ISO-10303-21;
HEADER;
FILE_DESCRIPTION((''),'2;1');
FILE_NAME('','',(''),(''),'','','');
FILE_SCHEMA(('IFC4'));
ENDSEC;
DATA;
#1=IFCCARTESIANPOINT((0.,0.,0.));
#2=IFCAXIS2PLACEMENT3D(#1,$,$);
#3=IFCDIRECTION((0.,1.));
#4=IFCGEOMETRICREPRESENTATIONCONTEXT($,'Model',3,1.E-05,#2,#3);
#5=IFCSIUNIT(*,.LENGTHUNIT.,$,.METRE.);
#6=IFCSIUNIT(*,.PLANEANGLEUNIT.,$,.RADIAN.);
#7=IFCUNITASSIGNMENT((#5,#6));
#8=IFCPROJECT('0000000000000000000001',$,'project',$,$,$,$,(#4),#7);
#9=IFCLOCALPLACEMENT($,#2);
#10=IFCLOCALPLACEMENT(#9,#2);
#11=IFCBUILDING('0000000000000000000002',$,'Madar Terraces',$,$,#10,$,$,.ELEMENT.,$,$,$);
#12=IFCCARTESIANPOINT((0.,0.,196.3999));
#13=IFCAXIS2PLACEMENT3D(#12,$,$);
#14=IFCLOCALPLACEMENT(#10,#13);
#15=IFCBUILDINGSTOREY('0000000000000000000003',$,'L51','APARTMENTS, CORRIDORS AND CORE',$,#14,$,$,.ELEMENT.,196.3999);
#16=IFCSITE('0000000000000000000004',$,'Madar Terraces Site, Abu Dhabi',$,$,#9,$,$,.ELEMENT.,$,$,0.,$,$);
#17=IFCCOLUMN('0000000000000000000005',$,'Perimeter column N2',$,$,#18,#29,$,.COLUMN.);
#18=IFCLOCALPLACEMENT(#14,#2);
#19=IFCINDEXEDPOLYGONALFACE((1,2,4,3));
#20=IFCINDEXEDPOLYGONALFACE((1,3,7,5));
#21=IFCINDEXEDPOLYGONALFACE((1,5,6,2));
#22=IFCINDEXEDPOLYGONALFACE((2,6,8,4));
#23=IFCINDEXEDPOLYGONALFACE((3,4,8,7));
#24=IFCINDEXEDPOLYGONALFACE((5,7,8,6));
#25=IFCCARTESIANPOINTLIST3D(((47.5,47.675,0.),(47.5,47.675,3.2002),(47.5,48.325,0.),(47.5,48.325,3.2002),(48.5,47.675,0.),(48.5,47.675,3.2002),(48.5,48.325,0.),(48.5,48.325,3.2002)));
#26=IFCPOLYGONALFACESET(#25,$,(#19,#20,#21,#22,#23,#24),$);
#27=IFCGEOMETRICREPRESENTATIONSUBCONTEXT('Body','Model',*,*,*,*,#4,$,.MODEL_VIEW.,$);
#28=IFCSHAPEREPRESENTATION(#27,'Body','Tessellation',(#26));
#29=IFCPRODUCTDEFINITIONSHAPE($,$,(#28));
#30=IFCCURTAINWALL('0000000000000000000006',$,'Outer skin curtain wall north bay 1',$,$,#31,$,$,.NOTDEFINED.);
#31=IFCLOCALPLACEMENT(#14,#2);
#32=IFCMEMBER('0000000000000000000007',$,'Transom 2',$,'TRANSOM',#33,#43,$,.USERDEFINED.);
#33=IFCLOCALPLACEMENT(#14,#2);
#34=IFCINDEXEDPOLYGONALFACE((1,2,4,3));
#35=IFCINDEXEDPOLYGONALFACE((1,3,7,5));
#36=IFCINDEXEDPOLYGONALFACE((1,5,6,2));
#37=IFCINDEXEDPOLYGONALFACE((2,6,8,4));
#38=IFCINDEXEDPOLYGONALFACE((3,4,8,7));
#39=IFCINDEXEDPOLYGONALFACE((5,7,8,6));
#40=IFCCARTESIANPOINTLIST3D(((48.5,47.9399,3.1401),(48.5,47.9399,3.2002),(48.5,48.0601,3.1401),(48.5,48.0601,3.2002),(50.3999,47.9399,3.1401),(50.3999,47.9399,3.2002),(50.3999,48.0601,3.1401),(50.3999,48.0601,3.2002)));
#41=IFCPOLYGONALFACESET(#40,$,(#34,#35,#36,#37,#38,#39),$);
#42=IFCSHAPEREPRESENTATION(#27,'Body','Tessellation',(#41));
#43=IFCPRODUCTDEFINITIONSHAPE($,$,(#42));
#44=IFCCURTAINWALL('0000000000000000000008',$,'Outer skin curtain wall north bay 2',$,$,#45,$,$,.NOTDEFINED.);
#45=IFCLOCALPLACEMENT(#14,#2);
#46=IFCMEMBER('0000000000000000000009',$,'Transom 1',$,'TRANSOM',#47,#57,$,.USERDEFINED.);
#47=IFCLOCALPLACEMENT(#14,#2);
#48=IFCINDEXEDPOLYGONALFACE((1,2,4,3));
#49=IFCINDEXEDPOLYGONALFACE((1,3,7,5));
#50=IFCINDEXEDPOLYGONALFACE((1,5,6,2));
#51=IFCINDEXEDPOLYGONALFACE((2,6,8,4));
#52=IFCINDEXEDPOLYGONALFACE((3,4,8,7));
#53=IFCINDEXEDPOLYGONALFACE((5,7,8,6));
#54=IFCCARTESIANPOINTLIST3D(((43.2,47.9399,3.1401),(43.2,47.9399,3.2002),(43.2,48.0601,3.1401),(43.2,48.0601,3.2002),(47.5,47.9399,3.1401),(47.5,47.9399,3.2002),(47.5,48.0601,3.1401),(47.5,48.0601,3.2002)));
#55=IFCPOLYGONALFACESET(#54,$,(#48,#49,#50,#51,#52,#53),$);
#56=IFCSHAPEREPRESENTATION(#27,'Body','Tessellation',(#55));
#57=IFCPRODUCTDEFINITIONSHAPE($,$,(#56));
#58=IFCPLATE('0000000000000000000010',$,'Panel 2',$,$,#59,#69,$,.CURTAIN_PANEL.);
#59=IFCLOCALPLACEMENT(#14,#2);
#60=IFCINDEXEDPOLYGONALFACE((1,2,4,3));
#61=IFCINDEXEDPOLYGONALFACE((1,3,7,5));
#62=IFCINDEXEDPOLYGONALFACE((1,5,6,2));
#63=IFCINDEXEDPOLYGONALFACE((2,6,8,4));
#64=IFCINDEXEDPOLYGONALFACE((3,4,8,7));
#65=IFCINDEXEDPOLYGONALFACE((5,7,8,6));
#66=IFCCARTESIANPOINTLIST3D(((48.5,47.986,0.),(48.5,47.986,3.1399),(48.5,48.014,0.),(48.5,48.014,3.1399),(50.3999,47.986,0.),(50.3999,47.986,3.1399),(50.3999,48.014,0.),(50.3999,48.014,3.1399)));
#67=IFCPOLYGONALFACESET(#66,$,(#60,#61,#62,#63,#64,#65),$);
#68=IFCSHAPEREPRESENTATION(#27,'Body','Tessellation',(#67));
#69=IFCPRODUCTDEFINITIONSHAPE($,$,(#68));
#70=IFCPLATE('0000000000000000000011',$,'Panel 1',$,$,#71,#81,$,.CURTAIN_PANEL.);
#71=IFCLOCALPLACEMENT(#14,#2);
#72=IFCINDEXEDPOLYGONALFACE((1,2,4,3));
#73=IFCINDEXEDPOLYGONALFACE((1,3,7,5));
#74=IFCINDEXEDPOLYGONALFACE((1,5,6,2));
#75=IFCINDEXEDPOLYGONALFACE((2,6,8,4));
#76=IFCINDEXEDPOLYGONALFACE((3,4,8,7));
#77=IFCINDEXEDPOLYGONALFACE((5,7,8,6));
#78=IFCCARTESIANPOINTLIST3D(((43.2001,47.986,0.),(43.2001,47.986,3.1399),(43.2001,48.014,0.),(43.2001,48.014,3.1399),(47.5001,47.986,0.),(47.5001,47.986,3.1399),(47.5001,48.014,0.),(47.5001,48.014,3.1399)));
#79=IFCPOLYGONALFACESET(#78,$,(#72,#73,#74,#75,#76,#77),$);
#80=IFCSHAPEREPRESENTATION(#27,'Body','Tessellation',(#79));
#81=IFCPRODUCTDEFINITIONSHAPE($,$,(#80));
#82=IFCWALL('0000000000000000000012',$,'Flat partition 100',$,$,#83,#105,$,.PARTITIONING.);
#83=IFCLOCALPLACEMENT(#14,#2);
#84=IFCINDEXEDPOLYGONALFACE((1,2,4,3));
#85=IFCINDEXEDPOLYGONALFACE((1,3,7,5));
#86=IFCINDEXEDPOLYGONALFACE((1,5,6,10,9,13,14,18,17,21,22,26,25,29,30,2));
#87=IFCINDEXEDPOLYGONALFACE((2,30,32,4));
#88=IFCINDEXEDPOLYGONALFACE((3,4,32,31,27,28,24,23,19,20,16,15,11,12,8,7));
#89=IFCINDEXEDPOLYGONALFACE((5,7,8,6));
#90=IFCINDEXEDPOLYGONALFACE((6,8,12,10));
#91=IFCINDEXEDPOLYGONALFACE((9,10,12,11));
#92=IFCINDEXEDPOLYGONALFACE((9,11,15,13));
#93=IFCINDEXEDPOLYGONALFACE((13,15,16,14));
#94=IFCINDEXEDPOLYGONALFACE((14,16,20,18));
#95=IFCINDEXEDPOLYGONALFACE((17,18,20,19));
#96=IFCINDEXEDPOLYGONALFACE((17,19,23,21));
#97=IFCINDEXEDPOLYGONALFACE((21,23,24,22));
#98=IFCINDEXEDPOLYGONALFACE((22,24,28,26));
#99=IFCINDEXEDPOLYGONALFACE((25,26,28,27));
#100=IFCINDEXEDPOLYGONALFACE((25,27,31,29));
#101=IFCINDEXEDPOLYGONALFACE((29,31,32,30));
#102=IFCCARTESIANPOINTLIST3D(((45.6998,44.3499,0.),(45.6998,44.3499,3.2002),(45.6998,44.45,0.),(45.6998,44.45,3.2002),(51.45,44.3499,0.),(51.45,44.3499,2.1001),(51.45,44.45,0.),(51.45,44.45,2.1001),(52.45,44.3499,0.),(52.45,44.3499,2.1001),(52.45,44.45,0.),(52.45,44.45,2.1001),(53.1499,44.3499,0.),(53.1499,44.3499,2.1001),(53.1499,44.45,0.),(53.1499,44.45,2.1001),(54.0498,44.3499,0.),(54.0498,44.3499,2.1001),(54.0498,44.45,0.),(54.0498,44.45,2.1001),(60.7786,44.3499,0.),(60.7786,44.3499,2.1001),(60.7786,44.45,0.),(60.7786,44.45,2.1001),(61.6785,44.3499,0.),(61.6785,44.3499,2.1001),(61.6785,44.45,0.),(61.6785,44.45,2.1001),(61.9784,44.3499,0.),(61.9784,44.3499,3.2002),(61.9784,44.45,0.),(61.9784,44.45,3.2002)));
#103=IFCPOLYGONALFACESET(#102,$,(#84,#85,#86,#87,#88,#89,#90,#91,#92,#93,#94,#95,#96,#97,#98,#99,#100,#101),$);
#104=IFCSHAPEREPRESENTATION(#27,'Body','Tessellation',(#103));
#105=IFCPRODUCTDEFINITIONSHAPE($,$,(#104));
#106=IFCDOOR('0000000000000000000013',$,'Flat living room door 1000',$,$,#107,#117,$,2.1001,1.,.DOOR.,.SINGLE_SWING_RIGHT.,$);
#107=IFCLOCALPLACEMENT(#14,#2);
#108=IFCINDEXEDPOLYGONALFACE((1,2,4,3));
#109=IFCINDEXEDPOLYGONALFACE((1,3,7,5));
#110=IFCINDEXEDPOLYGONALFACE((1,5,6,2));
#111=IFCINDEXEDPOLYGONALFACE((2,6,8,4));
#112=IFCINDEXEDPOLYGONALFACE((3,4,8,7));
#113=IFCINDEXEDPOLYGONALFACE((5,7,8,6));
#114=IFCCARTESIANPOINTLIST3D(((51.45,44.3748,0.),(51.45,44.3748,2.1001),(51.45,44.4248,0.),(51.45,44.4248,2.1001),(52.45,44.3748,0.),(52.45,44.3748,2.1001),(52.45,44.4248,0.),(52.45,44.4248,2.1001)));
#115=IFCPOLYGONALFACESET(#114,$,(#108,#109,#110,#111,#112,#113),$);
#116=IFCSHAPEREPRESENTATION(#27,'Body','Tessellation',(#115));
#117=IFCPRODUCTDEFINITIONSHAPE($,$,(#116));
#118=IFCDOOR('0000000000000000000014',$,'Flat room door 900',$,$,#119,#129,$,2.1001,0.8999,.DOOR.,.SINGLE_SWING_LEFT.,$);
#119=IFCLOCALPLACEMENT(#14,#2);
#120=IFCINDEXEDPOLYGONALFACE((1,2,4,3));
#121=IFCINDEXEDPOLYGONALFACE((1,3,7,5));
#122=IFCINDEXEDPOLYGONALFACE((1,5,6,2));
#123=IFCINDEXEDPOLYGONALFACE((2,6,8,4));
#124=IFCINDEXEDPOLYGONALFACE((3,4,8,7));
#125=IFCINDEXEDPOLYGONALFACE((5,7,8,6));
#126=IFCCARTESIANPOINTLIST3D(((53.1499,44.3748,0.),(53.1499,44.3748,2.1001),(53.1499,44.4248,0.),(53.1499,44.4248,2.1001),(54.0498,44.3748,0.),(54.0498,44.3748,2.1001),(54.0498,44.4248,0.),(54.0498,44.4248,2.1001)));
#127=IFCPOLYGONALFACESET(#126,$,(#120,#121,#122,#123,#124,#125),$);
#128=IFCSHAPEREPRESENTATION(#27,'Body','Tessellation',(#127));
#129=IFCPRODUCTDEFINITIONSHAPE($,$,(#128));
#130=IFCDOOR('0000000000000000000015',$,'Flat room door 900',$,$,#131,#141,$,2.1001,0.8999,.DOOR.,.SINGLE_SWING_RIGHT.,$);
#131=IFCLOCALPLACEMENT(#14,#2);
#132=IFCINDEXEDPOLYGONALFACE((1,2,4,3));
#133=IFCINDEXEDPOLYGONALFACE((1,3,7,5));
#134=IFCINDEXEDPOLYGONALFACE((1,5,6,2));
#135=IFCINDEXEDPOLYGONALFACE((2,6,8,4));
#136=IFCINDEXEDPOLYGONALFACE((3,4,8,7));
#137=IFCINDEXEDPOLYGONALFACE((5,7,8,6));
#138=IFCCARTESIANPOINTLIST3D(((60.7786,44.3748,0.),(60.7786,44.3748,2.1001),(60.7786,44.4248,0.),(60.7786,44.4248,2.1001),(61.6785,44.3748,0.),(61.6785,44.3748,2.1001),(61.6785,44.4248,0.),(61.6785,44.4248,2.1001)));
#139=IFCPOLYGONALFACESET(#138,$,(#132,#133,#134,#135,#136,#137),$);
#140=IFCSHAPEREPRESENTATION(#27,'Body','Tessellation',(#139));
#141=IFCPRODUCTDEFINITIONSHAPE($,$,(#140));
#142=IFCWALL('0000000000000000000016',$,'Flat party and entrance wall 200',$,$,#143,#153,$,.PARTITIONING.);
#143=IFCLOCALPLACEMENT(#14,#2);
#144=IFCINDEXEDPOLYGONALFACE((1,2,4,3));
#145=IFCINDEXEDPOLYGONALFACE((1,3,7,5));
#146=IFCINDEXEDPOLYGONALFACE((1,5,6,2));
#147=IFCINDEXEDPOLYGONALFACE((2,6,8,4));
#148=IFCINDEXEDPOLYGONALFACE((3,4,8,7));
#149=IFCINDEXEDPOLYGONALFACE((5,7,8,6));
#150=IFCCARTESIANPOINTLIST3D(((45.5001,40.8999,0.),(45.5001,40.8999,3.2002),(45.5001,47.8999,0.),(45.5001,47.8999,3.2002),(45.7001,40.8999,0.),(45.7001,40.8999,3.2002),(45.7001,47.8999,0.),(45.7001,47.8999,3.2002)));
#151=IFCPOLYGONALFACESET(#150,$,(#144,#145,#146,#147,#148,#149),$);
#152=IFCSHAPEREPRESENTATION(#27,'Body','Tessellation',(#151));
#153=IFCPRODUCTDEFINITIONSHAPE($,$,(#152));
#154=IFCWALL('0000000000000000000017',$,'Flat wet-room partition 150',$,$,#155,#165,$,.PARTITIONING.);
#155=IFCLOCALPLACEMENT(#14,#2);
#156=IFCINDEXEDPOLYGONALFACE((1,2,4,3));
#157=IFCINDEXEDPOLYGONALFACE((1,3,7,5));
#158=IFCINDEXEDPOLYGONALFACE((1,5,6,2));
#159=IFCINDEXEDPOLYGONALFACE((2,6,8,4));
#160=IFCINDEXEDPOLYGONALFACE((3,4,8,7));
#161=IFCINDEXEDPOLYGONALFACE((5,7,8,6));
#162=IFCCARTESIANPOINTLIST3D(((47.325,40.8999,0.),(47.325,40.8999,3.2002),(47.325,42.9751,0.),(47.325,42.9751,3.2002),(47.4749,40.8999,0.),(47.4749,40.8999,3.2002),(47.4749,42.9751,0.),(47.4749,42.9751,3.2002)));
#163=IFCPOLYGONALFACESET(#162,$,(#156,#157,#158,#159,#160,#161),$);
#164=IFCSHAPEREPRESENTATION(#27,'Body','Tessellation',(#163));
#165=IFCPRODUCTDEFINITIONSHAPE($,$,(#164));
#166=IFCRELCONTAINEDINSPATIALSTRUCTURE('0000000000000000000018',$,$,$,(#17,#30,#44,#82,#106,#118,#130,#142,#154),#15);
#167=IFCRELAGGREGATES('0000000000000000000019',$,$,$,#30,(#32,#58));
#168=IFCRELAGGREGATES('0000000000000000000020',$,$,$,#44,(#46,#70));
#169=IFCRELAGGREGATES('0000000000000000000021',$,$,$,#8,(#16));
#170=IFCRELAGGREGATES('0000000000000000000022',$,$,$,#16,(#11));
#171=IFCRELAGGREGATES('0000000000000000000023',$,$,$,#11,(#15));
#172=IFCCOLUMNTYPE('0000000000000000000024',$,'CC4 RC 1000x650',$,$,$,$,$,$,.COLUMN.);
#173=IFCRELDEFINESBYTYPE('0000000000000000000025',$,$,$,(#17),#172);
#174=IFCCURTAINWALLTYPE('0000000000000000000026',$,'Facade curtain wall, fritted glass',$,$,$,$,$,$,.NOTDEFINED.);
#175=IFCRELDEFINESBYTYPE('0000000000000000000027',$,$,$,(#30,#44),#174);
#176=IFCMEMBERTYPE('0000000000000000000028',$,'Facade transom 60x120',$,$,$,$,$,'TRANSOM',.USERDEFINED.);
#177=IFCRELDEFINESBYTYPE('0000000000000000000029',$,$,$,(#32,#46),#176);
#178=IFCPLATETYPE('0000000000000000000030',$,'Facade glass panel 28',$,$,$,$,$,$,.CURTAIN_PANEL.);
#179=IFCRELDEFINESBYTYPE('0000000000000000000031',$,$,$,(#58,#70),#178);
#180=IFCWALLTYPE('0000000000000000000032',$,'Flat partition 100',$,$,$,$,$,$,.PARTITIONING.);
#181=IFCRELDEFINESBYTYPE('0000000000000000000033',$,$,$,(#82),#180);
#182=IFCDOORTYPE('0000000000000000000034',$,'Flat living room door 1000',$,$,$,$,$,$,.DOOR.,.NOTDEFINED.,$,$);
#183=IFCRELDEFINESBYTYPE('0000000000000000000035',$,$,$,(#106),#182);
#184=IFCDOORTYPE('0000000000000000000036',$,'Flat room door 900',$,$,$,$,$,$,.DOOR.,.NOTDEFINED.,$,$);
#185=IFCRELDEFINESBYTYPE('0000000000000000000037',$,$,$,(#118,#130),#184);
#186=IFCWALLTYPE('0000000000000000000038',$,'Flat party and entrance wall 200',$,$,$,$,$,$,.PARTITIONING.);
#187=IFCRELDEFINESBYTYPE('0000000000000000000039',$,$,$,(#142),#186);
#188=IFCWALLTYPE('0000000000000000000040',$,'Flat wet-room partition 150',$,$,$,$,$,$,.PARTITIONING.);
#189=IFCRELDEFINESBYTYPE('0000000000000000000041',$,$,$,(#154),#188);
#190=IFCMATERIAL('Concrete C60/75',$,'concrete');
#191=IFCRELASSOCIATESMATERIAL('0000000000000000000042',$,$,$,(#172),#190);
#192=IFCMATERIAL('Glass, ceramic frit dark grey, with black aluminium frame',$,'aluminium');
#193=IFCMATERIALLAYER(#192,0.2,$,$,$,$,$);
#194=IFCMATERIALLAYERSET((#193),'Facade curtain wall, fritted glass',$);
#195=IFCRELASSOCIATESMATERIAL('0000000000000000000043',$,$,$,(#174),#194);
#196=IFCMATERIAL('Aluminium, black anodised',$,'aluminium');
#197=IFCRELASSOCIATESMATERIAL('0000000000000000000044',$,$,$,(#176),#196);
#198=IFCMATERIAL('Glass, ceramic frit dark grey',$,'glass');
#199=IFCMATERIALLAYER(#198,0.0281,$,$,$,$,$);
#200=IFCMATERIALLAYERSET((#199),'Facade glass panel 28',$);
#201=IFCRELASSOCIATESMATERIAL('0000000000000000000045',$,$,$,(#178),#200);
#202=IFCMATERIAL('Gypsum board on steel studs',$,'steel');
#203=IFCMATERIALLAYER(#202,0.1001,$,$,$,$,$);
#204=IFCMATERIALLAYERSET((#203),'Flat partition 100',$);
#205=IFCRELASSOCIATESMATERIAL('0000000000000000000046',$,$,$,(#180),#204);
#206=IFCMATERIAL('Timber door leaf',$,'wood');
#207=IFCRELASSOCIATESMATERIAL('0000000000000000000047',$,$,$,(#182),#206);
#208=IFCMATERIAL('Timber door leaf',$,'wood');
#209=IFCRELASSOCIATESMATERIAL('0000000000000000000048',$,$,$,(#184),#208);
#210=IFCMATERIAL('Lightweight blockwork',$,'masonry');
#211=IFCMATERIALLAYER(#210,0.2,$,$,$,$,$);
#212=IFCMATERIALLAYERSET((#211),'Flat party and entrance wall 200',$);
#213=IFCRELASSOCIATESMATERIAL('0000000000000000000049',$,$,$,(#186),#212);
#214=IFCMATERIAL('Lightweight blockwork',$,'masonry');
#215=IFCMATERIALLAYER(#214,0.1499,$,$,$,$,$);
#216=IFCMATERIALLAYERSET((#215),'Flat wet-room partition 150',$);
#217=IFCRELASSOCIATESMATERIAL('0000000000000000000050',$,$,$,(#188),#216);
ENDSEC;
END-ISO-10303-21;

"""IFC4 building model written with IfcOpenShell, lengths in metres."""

from ifc_helpers import new_model, si_unit, direction, frame, frame_2d, origin, origin_2d, place, context, subcontext, project, spatial, rectangle, extrude, material, layer, layer_set, material_profile, profile_set, type_object, element, fill, aggregate, save


model = new_model("IFC4")

# Units and contexts
model_context = context("Model", 3, precision=1e-05, world=origin(), true_north=direction((0.0, 1.0)))
body_context = subcontext(model_context, "Body", "Model", "MODEL_VIEW")
ifc_project = project(units=[si_unit("LENGTHUNIT", "METRE"), si_unit("PLANEANGLEUNIT", "RADIAN")], contexts=[model_context])

# Site, building, storey
site_placement = place(None, origin())
site = spatial("IfcSite", under=ifc_project, at=site_placement, Name="Madar Terraces Site, Abu Dhabi", CompositionType="ELEMENT", RefElevation=0.0)
building_placement = place(site_placement, origin())
building = spatial("IfcBuilding", under=site, at=building_placement, Name="Madar Terraces", CompositionType="ELEMENT")
storey_placement = place(building_placement, frame((0.0, 0.0, 196.3999)))
storey = spatial("IfcBuildingStorey", under=building, at=storey_placement, Name="L51", Description="APARTMENTS, CORRIDORS AND CORE", CompositionType="ELEMENT", Elevation=196.3999)

# Column
ifc_material_1 = material(Name="Concrete C60/75", Category="concrete")
ifc_material_profile_1 = material_profile(ifc_material_1, rectangle(XDim=1.0, YDim=0.6499, at=origin_2d()), Name="CC4 RC 1000x650")
ifc_profile_set_1 = profile_set([ifc_material_profile_1], Name="Concrete C60/75")
column_type = type_object("IfcColumnType", Name="CC4 RC 1000x650", PredefinedType="COLUMN", material=ifc_profile_set_1)
column_placement = place(storey_placement, frame((48.0, 48.0, 0.0), z_axis=(0.0, 0.0, 1.0), x_axis=(1.0, 0.0, 0.0)))
element("IfcColumn", 1, at=column_placement, inside=storey, type_object=column_type, Name="Perimeter column N2", PredefinedType="COLUMN", context=body_context, shape_type="SweptSolid", body=[
    extrude(rectangle(XDim=1.0, YDim=0.6499, at=origin_2d()), origin(), (0.0, 0.0, 1.0), 3.2002),
])

# Curtain walls, members
ifc_material_2 = material(Name="Glass, ceramic frit dark grey, with black aluminium frame", Category="aluminium")
ifc_layer_1 = layer(ifc_material_2, 0.2)
ifc_layer_set_1 = layer_set([ifc_layer_1], Name="Facade curtain wall, fritted glass")
curtain_wall_type = type_object("IfcCurtainWallType", Name="Facade curtain wall, fritted glass", PredefinedType="NOTDEFINED", material=ifc_layer_set_1)
curtain_wall_1_placement = place(storey_placement, origin())
curtain_wall_1 = element("IfcCurtainWall", 2, at=curtain_wall_1_placement, inside=storey, type_object=curtain_wall_type, Name="Outer skin curtain wall north bay 1", PredefinedType="NOTDEFINED")
ifc_material_3 = material(Name="Aluminium, black anodised", Category="aluminium")
ifc_material_profile_2 = material_profile(ifc_material_3, rectangle(XDim=0.1201, YDim=0.0601, at=origin_2d()), Name="Facade transom 60x120")
ifc_profile_set_2 = profile_set([ifc_material_profile_2], Name="Aluminium, black anodised")
member_type = type_object("IfcMemberType", Name="Facade transom 60x120", ElementType="TRANSOM", PredefinedType="USERDEFINED", material=ifc_profile_set_2)
member_1_placement = place(storey_placement, frame((50.3999, 48.0, 3.1702), z_axis=(-1.0, 0.0, 0.0), x_axis=(0.0, -1.0, 0.0)))
member_1 = element("IfcMember", 3, at=member_1_placement, type_object=member_type, Name="Transom 2", ObjectType="TRANSOM", PredefinedType="USERDEFINED", context=body_context, shape_type="SweptSolid", body=[
    extrude(rectangle(XDim=0.1201, YDim=0.0601, at=origin_2d()), origin(), (0.0, 0.0, 1.0), 1.8999),
])
curtain_wall_2_placement = place(storey_placement, origin())
curtain_wall_2 = element("IfcCurtainWall", 4, at=curtain_wall_2_placement, inside=storey, type_object=curtain_wall_type, Name="Outer skin curtain wall north bay 2", PredefinedType="NOTDEFINED")
member_2_placement = place(storey_placement, frame((47.5, 48.0, 3.1702), z_axis=(-1.0, 0.0, 0.0), x_axis=(0.0, -1.0, 0.0)))
member_2 = element("IfcMember", 5, at=member_2_placement, type_object=member_type, Name="Transom 1", ObjectType="TRANSOM", PredefinedType="USERDEFINED", context=body_context, shape_type="SweptSolid", body=[
    extrude(rectangle(XDim=0.1201, YDim=0.0601, at=origin_2d()), origin(), (0.0, 0.0, 1.0), 4.3),
])

# Plates
ifc_material_4 = material(Name="Glass, ceramic frit dark grey", Category="glass")
ifc_layer_2 = layer(ifc_material_4, 0.0281)
ifc_layer_set_2 = layer_set([ifc_layer_2], Name="Facade glass panel 28")
plate_type = type_object("IfcPlateType", Name="Facade glass panel 28", PredefinedType="CURTAIN_PANEL", material=ifc_layer_set_2)
plate_1_placement = place(storey_placement, frame((49.45, 48.0, 0.0), z_axis=(0.0, 0.0, 1.0), x_axis=(-1.0, 0.0, 0.0)))
plate_1 = element("IfcPlate", 6, at=plate_1_placement, type_object=plate_type, Name="Panel 2", PredefinedType="CURTAIN_PANEL", context=body_context, shape_type="SweptSolid", body=[
    extrude(rectangle(XDim=1.8999, YDim=0.0281, at=origin_2d()), origin(), (0.0, 0.0, 1.0), 3.1399),
])
aggregate(curtain_wall_1, [member_1, plate_1])
plate_2_placement = place(storey_placement, frame((45.3501, 48.0, 0.0), z_axis=(0.0, 0.0, 1.0), x_axis=(-1.0, 0.0, 0.0)))
plate_2 = element("IfcPlate", 7, at=plate_2_placement, type_object=plate_type, Name="Panel 1", PredefinedType="CURTAIN_PANEL", context=body_context, shape_type="SweptSolid", body=[
    extrude(rectangle(XDim=4.3, YDim=0.0281, at=origin_2d()), origin(), (0.0, 0.0, 1.0), 3.1399),
])
aggregate(curtain_wall_2, [member_2, plate_2])

# Wall, openings, doors
ifc_material_5 = material(Name="Gypsum board on steel studs", Category="steel")
ifc_layer_3 = layer(ifc_material_5, 0.1001)
ifc_layer_set_3 = layer_set([ifc_layer_3], Name="Flat partition 100")
wall_type_1 = type_object("IfcWallType", Name="Flat partition 100", PredefinedType="PARTITIONING", material=ifc_layer_set_3)
wall_1_placement = place(storey_placement, frame((45.7, 44.3999, 0.0), z_axis=(0.0, 0.0, 1.0), x_axis=(1.0, 0.0, 0.0)))
wall_1 = element("IfcWall", 8, at=wall_1_placement, inside=storey, type_object=wall_type_1, Name="Flat partition 100", PredefinedType="PARTITIONING", context=body_context, shape_type="SweptSolid", body=[
    extrude(rectangle(XDim=16.2786, YDim=0.1001, at=frame_2d((8.1392, 0.0))), origin(), (0.0, 0.0, 1.0), 3.2002),
])
opening_1_placement = place(wall_1_placement, frame((5.75, 0.0, 0.0)))
opening_1 = element("IfcOpeningElement", 9, at=opening_1_placement, cuts=wall_1, PredefinedType="OPENING", context=body_context, shape_type="SweptSolid", body=[
    extrude(rectangle(XDim=1.0, YDim=2.1001, at=frame_2d((0.5, 1.05))), frame((0.0, 0.0601, 0.0), z_axis=(0.0, -1.0, 0.0), x_axis=(1.0, 0.0, 0.0)), (0.0, 0.0, 1.0), 0.1201),
])
opening_2_placement = place(wall_1_placement, frame((7.45, 0.0, 0.0)))
opening_2 = element("IfcOpeningElement", 10, at=opening_2_placement, cuts=wall_1, PredefinedType="OPENING", context=body_context, shape_type="SweptSolid", body=[
    extrude(rectangle(XDim=0.8999, YDim=2.1001, at=frame_2d((0.45, 1.05))), frame((0.0, 0.0601, 0.0), z_axis=(0.0, -1.0, 0.0), x_axis=(1.0, 0.0, 0.0)), (0.0, 0.0, 1.0), 0.1201),
])
opening_3_placement = place(wall_1_placement, frame((15.0786, 0.0, 0.0)))
opening_3 = element("IfcOpeningElement", 11, at=opening_3_placement, cuts=wall_1, PredefinedType="OPENING", context=body_context, shape_type="SweptSolid", body=[
    extrude(rectangle(XDim=0.8999, YDim=2.1001, at=frame_2d((0.45, 1.05))), frame((0.0, 0.0601, 0.0), z_axis=(0.0, -1.0, 0.0), x_axis=(1.0, 0.0, 0.0)), (0.0, 0.0, 1.0), 0.1201),
])
ifc_material_6 = material(Name="Timber door leaf", Category="wood")
door_type_1 = type_object("IfcDoorType", Name="Flat living room door 1000", OperationType="NOTDEFINED", PredefinedType="DOOR", material=ifc_material_6)
door_1_placement = place(opening_1_placement, origin())
door_1 = element("IfcDoor", 12, at=door_1_placement, inside=storey, type_object=door_type_1, Name="Flat living room door 1000", OperationType="SINGLE_SWING_RIGHT", OverallHeight=2.1001, OverallWidth=1.0, PredefinedType="DOOR", context=body_context, shape_type="SweptSolid", body=[
    extrude(rectangle(XDim=1.0, YDim=2.1001, at=frame_2d((0.5, 1.05))), frame((0.0, 0.0249, 0.0), z_axis=(0.0, -1.0, 0.0), x_axis=(1.0, 0.0, 0.0)), (0.0, 0.0, 1.0), 0.05),
])
fill(opening_1, door_1)
ifc_material_7 = material(Name="Timber door leaf", Category="wood")
door_type_2 = type_object("IfcDoorType", Name="Flat room door 900", OperationType="NOTDEFINED", PredefinedType="DOOR", material=ifc_material_7)
door_2_placement = place(opening_2_placement, origin())
door_2 = element("IfcDoor", 13, at=door_2_placement, inside=storey, type_object=door_type_2, Name="Flat room door 900", OperationType="SINGLE_SWING_LEFT", OverallHeight=2.1001, OverallWidth=0.8999, PredefinedType="DOOR", context=body_context, shape_type="SweptSolid", body=[
    extrude(rectangle(XDim=0.8999, YDim=2.1001, at=frame_2d((0.45, 1.05))), frame((0.0, 0.0249, 0.0), z_axis=(0.0, -1.0, 0.0), x_axis=(1.0, 0.0, 0.0)), (0.0, 0.0, 1.0), 0.05),
])
fill(opening_2, door_2)
door_3_placement = place(opening_3_placement, origin())
door_3 = element("IfcDoor", 14, at=door_3_placement, inside=storey, type_object=door_type_2, Name="Flat room door 900", OperationType="SINGLE_SWING_RIGHT", OverallHeight=2.1001, OverallWidth=0.8999, PredefinedType="DOOR", context=body_context, shape_type="SweptSolid", body=[
    extrude(rectangle(XDim=0.8999, YDim=2.1001, at=frame_2d((0.45, 1.05))), frame((0.0, 0.0249, 0.0), z_axis=(0.0, -1.0, 0.0), x_axis=(1.0, 0.0, 0.0)), (0.0, 0.0, 1.0), 0.05),
])
fill(opening_3, door_3)

# Walls
ifc_material_8 = material(Name="Lightweight blockwork", Category="masonry")
ifc_layer_4 = layer(ifc_material_8, 0.2)
ifc_layer_set_4 = layer_set([ifc_layer_4], Name="Flat party and entrance wall 200")
wall_type_2 = type_object("IfcWallType", Name="Flat party and entrance wall 200", PredefinedType="PARTITIONING", material=ifc_layer_set_4)
wall_2_placement = place(storey_placement, frame((45.6001, 47.8999, 0.0), z_axis=(0.0, 0.0, 1.0), x_axis=(0.0, -1.0, 0.0)))
element("IfcWall", 15, at=wall_2_placement, inside=storey, type_object=wall_type_2, Name="Flat party and entrance wall 200", PredefinedType="PARTITIONING", context=body_context, shape_type="SweptSolid", body=[
    extrude(rectangle(XDim=7.0, YDim=0.2, at=frame_2d((3.5, 0.0))), origin(), (0.0, 0.0, 1.0), 3.2002),
])
ifc_material_9 = material(Name="Lightweight blockwork", Category="masonry")
ifc_layer_5 = layer(ifc_material_9, 0.1499)
ifc_layer_set_5 = layer_set([ifc_layer_5], Name="Flat wet-room partition 150")
wall_type_3 = type_object("IfcWallType", Name="Flat wet-room partition 150", PredefinedType="PARTITIONING", material=ifc_layer_set_5)
wall_3_placement = place(storey_placement, frame((47.3999, 40.8999, 0.0), z_axis=(0.0, 0.0, 1.0), x_axis=(0.0, 1.0, 0.0)))
element("IfcWall", 16, at=wall_3_placement, inside=storey, type_object=wall_type_3, Name="Flat wet-room partition 150", PredefinedType="PARTITIONING", context=body_context, shape_type="SweptSolid", body=[
    extrude(rectangle(XDim=2.0752, YDim=0.1499, at=frame_2d((1.0376, 0.0))), origin(), (0.0, 0.0, 1.0), 3.2002),
])

save(model, "model.ifc")
